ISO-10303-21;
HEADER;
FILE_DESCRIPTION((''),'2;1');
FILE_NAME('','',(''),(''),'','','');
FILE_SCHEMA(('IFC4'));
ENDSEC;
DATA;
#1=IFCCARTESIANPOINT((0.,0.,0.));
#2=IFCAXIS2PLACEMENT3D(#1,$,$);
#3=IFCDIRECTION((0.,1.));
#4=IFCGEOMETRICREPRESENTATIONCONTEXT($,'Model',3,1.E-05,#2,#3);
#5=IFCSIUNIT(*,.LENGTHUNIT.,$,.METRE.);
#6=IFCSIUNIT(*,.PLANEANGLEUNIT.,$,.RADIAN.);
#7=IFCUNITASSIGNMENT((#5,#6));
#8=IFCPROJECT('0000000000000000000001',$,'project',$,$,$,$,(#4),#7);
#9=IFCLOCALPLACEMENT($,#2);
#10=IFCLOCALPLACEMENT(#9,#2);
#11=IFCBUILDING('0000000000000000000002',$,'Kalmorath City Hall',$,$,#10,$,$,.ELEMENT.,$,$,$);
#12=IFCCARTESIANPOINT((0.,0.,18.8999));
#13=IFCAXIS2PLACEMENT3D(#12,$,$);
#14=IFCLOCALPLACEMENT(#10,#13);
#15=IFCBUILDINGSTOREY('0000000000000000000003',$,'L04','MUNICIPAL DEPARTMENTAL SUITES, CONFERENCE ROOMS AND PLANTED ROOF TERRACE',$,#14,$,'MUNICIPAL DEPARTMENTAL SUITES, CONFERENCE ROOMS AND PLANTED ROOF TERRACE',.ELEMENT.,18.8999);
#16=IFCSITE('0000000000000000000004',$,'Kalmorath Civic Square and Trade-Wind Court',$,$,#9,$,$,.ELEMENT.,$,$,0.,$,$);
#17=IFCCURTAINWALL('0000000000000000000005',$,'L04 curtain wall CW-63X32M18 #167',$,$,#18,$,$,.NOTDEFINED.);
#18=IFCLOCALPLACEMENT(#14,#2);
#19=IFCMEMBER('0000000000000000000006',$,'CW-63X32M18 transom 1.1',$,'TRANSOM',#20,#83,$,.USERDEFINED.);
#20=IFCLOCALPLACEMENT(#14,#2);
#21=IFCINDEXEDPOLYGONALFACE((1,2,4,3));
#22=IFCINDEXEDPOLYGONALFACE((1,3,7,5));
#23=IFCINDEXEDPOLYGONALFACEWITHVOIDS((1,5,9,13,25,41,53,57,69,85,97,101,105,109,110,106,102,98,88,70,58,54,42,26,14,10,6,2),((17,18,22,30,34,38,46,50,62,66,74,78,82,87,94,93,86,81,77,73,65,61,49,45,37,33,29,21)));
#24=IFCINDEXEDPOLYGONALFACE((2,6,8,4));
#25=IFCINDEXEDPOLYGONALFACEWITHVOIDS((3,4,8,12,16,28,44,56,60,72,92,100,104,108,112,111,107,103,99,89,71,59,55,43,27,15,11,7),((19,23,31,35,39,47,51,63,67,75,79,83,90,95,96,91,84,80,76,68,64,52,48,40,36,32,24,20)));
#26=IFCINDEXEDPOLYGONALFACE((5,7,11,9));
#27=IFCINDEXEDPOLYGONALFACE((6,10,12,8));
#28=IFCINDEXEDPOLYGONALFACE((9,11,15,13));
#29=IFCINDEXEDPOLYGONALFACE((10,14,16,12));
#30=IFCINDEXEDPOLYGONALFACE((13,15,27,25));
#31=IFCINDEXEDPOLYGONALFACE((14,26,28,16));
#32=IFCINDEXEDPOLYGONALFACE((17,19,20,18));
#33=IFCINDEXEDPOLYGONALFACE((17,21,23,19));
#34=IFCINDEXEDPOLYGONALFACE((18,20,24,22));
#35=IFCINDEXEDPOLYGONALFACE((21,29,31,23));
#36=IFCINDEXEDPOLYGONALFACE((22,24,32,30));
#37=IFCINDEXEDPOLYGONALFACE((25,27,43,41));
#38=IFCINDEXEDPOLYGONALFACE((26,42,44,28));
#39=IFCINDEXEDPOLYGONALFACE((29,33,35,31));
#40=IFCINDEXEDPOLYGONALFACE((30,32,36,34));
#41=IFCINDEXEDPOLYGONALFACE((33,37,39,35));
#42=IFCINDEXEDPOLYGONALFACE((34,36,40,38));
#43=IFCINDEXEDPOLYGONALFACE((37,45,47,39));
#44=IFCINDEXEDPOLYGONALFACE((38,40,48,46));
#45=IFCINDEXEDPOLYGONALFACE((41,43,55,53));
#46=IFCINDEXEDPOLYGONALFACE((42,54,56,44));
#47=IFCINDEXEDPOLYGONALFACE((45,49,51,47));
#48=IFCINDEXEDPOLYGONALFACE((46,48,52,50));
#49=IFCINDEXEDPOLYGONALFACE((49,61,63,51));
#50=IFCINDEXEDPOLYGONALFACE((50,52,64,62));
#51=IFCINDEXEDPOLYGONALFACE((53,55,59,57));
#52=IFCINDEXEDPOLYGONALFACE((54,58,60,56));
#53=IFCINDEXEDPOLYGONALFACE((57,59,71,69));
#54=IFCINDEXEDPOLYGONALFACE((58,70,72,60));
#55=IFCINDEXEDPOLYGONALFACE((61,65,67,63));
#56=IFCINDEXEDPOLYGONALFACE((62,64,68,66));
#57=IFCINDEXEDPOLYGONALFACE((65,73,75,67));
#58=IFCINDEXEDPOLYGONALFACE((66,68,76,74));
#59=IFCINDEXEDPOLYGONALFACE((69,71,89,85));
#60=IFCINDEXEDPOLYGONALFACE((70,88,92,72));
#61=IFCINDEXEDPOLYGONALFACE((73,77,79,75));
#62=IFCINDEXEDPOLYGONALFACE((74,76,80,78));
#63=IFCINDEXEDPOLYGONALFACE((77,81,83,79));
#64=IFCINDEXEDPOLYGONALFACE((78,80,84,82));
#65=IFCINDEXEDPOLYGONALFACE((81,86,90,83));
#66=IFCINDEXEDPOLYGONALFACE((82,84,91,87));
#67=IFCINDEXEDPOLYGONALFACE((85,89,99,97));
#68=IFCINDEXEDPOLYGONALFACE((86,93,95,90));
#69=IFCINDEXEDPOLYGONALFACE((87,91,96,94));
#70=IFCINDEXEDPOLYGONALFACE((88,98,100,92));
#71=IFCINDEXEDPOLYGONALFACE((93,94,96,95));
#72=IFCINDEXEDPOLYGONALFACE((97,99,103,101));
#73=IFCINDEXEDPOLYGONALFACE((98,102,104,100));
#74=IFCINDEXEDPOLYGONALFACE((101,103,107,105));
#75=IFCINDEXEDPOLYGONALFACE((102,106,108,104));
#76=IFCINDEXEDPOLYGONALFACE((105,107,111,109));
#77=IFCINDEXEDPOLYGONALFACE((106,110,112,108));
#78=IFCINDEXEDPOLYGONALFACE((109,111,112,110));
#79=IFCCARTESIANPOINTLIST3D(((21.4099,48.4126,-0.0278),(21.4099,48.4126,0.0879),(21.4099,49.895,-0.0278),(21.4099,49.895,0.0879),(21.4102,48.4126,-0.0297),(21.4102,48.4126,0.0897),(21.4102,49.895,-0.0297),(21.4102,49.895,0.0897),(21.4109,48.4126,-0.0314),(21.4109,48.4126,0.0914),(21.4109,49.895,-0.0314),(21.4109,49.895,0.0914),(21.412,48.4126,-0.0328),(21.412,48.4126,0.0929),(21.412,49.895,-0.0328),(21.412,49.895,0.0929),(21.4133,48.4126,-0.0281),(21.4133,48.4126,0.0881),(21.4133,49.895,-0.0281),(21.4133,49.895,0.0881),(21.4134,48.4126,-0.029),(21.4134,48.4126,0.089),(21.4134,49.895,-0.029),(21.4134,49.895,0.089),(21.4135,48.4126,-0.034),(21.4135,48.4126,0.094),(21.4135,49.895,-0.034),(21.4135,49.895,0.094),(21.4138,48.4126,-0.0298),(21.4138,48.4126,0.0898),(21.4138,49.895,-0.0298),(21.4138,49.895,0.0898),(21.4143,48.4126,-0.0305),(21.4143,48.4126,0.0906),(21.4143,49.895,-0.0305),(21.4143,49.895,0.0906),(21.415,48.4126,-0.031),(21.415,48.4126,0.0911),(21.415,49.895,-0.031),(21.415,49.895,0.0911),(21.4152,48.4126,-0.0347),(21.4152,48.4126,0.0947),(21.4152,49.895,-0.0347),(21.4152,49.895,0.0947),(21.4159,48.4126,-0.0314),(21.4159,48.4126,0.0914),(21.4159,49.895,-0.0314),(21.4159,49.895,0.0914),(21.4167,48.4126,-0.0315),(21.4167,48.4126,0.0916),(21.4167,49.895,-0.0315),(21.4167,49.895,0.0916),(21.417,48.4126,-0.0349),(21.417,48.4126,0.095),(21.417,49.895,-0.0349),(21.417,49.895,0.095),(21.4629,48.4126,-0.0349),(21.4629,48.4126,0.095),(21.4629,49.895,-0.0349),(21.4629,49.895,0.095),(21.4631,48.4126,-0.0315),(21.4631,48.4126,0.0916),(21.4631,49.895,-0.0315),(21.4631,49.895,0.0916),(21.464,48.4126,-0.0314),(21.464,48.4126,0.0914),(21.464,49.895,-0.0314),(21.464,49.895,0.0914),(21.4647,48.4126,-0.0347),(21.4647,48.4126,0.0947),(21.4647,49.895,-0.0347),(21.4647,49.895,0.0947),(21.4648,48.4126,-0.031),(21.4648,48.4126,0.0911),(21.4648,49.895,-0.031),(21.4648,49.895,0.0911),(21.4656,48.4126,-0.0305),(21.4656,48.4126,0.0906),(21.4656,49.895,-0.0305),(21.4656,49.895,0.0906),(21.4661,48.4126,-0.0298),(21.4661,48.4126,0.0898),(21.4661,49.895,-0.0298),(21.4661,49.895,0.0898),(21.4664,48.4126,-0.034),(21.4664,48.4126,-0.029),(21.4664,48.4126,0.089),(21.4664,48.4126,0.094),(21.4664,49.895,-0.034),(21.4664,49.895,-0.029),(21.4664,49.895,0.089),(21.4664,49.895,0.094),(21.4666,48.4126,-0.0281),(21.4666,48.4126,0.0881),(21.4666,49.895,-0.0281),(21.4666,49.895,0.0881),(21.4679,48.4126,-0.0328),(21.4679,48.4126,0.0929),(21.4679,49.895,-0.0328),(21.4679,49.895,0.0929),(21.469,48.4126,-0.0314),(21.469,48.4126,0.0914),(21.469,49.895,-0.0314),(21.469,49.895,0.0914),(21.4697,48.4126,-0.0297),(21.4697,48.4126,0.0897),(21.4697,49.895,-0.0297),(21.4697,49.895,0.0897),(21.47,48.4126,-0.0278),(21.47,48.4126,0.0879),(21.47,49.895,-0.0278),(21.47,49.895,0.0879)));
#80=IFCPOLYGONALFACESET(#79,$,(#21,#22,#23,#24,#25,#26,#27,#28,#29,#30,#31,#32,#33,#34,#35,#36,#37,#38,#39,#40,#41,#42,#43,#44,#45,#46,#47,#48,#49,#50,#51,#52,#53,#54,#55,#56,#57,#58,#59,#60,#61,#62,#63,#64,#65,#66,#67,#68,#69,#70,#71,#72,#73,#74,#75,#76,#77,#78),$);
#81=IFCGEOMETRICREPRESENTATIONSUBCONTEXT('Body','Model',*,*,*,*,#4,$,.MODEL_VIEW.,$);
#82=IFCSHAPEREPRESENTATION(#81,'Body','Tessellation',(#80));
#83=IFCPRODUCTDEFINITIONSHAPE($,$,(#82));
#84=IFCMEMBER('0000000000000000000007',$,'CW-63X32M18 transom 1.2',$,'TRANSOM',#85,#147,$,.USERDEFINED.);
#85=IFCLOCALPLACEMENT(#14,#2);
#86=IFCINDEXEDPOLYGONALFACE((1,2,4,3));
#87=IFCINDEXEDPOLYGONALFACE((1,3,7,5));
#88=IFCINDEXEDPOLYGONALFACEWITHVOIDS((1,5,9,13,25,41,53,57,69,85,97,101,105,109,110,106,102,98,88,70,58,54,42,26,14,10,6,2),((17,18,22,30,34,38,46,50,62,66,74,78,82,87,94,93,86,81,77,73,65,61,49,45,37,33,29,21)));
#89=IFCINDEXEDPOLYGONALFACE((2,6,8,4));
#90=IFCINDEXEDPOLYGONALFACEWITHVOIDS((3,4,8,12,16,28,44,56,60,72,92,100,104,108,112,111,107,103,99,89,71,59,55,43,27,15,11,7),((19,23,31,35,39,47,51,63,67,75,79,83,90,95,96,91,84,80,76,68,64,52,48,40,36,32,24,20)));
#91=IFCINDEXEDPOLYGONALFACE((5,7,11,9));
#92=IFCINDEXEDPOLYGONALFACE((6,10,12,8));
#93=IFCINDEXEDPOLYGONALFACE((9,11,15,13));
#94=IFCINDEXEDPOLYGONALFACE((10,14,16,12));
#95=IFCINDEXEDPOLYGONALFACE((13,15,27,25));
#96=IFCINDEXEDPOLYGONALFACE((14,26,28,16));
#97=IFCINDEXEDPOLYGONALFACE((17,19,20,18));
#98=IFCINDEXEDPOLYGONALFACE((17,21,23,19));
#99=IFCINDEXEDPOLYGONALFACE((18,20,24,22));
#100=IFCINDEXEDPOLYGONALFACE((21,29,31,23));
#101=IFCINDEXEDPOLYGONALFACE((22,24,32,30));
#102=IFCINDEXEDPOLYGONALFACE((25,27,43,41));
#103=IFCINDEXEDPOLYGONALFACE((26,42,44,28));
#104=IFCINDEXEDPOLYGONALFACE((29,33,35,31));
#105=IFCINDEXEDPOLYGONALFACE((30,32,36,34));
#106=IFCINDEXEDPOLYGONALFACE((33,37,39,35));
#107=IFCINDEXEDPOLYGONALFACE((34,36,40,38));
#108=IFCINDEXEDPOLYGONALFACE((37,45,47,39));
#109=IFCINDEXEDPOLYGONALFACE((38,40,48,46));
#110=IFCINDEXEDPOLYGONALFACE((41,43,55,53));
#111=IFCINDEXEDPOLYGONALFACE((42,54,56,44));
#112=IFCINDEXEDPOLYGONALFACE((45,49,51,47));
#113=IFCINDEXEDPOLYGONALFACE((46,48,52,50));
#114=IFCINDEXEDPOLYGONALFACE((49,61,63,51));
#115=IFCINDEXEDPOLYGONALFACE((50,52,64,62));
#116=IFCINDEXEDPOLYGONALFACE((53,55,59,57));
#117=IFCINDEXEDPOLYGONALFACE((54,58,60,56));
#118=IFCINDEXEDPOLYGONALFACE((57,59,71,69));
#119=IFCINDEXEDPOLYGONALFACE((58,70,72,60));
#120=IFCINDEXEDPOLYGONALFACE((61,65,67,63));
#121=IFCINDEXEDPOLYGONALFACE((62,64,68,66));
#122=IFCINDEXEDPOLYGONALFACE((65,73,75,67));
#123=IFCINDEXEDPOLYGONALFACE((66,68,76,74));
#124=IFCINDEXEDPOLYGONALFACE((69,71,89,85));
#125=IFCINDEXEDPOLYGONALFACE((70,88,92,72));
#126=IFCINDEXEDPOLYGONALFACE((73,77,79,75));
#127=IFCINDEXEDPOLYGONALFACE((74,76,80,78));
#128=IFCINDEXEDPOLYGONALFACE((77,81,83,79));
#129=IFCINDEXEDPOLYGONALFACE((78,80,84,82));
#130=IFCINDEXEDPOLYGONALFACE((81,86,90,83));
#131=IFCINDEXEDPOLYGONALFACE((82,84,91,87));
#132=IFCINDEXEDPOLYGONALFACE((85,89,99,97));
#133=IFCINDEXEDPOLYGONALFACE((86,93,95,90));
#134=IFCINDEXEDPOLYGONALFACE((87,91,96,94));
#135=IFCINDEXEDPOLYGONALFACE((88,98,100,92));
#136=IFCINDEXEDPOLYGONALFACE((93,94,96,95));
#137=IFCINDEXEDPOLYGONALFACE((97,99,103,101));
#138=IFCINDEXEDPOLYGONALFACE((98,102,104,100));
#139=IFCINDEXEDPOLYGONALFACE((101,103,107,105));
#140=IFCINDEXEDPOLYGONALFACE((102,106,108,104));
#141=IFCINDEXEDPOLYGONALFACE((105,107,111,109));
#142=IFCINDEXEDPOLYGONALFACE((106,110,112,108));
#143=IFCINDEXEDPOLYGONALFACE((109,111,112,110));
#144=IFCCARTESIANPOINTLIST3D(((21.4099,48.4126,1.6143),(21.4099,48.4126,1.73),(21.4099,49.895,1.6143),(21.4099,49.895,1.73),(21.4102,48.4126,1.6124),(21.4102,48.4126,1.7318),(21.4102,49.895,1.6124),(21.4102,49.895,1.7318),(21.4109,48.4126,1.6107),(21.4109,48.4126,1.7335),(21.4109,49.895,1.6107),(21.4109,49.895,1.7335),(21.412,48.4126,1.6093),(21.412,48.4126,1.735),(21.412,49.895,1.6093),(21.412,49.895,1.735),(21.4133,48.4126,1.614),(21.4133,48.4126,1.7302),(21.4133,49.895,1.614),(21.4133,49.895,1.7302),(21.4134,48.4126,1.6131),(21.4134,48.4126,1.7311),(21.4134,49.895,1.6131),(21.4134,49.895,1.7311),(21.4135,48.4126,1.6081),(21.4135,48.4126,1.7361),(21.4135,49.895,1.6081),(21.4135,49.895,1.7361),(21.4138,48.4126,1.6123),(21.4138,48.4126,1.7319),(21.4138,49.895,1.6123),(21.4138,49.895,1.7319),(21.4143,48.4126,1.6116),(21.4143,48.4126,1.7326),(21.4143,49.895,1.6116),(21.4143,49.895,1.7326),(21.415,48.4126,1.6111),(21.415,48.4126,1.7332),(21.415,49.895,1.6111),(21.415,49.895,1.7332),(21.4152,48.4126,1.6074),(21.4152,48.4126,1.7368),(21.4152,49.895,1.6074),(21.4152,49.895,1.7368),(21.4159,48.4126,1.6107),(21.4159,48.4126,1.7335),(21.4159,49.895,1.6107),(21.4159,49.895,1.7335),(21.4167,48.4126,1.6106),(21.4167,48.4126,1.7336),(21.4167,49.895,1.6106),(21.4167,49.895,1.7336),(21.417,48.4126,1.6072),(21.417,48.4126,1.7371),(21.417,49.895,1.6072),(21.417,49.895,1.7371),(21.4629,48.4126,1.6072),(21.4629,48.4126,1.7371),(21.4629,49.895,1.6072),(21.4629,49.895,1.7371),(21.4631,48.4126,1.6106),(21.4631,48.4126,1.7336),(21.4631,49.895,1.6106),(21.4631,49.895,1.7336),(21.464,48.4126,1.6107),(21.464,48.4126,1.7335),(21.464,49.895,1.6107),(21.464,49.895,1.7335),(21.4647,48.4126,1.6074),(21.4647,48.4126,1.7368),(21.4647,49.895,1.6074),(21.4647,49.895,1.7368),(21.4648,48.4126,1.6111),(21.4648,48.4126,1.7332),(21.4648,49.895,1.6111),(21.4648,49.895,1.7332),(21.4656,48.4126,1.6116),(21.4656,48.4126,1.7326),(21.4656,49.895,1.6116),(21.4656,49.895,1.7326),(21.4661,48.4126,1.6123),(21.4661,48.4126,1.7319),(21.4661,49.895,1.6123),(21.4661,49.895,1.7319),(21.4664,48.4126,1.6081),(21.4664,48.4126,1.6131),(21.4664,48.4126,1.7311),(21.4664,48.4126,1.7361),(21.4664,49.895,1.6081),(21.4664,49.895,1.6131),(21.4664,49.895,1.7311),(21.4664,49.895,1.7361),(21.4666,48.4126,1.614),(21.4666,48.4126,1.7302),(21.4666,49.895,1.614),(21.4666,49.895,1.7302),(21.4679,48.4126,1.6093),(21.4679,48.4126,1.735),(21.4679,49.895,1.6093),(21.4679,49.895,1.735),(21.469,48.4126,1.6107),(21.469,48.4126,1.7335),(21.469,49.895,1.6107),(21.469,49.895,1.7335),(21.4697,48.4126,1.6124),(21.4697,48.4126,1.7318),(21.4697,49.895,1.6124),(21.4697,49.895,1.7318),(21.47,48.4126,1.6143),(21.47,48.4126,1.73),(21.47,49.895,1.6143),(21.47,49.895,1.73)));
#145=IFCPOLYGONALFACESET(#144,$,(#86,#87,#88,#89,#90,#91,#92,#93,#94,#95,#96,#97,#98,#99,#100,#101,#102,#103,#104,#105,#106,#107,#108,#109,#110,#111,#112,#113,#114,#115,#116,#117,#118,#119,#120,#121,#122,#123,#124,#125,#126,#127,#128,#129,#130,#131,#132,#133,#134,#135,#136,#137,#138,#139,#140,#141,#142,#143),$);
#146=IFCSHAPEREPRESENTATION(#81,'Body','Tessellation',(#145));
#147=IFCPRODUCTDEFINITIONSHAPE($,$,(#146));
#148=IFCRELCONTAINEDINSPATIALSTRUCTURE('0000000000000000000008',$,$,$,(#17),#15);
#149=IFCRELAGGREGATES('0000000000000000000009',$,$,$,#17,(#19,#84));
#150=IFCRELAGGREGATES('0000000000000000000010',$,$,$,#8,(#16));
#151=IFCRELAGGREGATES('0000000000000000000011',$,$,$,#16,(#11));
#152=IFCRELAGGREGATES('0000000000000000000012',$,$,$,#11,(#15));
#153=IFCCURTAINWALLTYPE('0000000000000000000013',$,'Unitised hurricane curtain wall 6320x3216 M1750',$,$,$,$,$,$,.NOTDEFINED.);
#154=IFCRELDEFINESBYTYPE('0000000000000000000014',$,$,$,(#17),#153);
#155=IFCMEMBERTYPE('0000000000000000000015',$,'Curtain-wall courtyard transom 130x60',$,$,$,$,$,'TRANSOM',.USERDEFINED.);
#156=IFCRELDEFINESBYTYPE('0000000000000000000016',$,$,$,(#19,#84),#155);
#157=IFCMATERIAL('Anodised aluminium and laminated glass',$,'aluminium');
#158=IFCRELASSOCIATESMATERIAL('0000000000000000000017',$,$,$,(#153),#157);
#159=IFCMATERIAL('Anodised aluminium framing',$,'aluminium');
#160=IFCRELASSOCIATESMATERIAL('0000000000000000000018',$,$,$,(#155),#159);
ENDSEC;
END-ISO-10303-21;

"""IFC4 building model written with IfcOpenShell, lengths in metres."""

from ifc_helpers import new_model, si_unit, direction, frame, origin, origin_2d, place, context, subcontext, project, spatial, hollow_rectangle, extrude, material, material_profile, profile_set, type_object, element, aggregate, save


model = new_model("IFC4")

# Units and contexts
model_context = context("Model", 3, precision=1e-05, world=origin(), true_north=direction((0.0, 1.0)))
body_context = subcontext(model_context, "Body", "Model", "MODEL_VIEW")
ifc_project = project(units=[si_unit("LENGTHUNIT", "METRE"), si_unit("PLANEANGLEUNIT", "RADIAN")], contexts=[model_context])

# Site, building, storey
site_placement = place(None, origin())
site = spatial("IfcSite", under=ifc_project, at=site_placement, Name="Kalmorath Civic Square and Trade-Wind Court", CompositionType="ELEMENT", RefElevation=0.0)
building_placement = place(site_placement, origin())
building = spatial("IfcBuilding", under=site, at=building_placement, Name="Kalmorath City Hall", CompositionType="ELEMENT")
storey_placement = place(building_placement, frame((0.0, 0.0, 18.8999)))
storey = spatial("IfcBuildingStorey", under=building, at=storey_placement, Name="L04", Description="MUNICIPAL DEPARTMENTAL SUITES, CONFERENCE ROOMS AND PLANTED ROOF TERRACE", LongName="MUNICIPAL DEPARTMENTAL SUITES, CONFERENCE ROOMS AND PLANTED ROOF TERRACE", CompositionType="ELEMENT", Elevation=18.8999)

# Curtain wall
ifc_material_1 = material(Name="Anodised aluminium and laminated glass", Category="aluminium")
curtain_wall_type = type_object("IfcCurtainWallType", Name="Unitised hurricane curtain wall 6320x3216 M1750", PredefinedType="NOTDEFINED", material=ifc_material_1)
curtain_wall_1_placement = place(storey_placement, origin())
curtain_wall_1 = element("IfcCurtainWall", 1, at=curtain_wall_1_placement, inside=storey, type_object=curtain_wall_type, Name="L04 curtain wall CW-63X32M18 #167", PredefinedType="NOTDEFINED")
ifc_material_2 = material(Name="Anodised aluminium framing", Category="aluminium")
ifc_material_profile_1 = material_profile(ifc_material_2, hollow_rectangle(XDim=0.0601, YDim=0.1299, WallThickness=0.0034, InnerFilletRadius=0.0034, OuterFilletRadius=0.0071, at=origin_2d()), Name="ALU-TRN-130X60X3.5")
ifc_profile_set_1 = profile_set([ifc_material_profile_1], Name="Anodised aluminium framing")
member_type_1 = type_object("IfcMemberType", Name="Curtain-wall courtyard transom 130x60", ElementType="TRANSOM", PredefinedType="USERDEFINED", material=ifc_profile_set_1)

# Members
member_1_placement = place(storey_placement, frame((21.4399, 49.895, 0.03), z_axis=(0.0, -1.0, 0.0), x_axis=(1.0, 0.0, 0.0)))
member_1 = element("IfcMember", 2, at=member_1_placement, type_object=member_type_1, Name="CW-63X32M18 transom 1.1", ObjectType="TRANSOM", PredefinedType="USERDEFINED", context=body_context, shape_type="SweptSolid", body=[
    extrude(hollow_rectangle(XDim=0.0601, YDim=0.1299, WallThickness=0.0034, InnerFilletRadius=0.0034, OuterFilletRadius=0.0071, at=origin_2d()), origin(), (0.0, 0.0, 1.0), 1.4824),
])
member_2_placement = place(storey_placement, frame((21.4399, 49.895, 1.6721), z_axis=(0.0, -1.0, 0.0), x_axis=(1.0, 0.0, 0.0)))
member_2 = element("IfcMember", 3, at=member_2_placement, type_object=member_type_1, Name="CW-63X32M18 transom 1.2", ObjectType="TRANSOM", PredefinedType="USERDEFINED", context=body_context, shape_type="SweptSolid", body=[
    extrude(hollow_rectangle(XDim=0.0601, YDim=0.1299, WallThickness=0.0034, InnerFilletRadius=0.0034, OuterFilletRadius=0.0071, at=origin_2d()), origin(), (0.0, 0.0, 1.0), 1.4824),
])

aggregate(curtain_wall_1, [member_1, member_2])

save(model, "model.ifc")
